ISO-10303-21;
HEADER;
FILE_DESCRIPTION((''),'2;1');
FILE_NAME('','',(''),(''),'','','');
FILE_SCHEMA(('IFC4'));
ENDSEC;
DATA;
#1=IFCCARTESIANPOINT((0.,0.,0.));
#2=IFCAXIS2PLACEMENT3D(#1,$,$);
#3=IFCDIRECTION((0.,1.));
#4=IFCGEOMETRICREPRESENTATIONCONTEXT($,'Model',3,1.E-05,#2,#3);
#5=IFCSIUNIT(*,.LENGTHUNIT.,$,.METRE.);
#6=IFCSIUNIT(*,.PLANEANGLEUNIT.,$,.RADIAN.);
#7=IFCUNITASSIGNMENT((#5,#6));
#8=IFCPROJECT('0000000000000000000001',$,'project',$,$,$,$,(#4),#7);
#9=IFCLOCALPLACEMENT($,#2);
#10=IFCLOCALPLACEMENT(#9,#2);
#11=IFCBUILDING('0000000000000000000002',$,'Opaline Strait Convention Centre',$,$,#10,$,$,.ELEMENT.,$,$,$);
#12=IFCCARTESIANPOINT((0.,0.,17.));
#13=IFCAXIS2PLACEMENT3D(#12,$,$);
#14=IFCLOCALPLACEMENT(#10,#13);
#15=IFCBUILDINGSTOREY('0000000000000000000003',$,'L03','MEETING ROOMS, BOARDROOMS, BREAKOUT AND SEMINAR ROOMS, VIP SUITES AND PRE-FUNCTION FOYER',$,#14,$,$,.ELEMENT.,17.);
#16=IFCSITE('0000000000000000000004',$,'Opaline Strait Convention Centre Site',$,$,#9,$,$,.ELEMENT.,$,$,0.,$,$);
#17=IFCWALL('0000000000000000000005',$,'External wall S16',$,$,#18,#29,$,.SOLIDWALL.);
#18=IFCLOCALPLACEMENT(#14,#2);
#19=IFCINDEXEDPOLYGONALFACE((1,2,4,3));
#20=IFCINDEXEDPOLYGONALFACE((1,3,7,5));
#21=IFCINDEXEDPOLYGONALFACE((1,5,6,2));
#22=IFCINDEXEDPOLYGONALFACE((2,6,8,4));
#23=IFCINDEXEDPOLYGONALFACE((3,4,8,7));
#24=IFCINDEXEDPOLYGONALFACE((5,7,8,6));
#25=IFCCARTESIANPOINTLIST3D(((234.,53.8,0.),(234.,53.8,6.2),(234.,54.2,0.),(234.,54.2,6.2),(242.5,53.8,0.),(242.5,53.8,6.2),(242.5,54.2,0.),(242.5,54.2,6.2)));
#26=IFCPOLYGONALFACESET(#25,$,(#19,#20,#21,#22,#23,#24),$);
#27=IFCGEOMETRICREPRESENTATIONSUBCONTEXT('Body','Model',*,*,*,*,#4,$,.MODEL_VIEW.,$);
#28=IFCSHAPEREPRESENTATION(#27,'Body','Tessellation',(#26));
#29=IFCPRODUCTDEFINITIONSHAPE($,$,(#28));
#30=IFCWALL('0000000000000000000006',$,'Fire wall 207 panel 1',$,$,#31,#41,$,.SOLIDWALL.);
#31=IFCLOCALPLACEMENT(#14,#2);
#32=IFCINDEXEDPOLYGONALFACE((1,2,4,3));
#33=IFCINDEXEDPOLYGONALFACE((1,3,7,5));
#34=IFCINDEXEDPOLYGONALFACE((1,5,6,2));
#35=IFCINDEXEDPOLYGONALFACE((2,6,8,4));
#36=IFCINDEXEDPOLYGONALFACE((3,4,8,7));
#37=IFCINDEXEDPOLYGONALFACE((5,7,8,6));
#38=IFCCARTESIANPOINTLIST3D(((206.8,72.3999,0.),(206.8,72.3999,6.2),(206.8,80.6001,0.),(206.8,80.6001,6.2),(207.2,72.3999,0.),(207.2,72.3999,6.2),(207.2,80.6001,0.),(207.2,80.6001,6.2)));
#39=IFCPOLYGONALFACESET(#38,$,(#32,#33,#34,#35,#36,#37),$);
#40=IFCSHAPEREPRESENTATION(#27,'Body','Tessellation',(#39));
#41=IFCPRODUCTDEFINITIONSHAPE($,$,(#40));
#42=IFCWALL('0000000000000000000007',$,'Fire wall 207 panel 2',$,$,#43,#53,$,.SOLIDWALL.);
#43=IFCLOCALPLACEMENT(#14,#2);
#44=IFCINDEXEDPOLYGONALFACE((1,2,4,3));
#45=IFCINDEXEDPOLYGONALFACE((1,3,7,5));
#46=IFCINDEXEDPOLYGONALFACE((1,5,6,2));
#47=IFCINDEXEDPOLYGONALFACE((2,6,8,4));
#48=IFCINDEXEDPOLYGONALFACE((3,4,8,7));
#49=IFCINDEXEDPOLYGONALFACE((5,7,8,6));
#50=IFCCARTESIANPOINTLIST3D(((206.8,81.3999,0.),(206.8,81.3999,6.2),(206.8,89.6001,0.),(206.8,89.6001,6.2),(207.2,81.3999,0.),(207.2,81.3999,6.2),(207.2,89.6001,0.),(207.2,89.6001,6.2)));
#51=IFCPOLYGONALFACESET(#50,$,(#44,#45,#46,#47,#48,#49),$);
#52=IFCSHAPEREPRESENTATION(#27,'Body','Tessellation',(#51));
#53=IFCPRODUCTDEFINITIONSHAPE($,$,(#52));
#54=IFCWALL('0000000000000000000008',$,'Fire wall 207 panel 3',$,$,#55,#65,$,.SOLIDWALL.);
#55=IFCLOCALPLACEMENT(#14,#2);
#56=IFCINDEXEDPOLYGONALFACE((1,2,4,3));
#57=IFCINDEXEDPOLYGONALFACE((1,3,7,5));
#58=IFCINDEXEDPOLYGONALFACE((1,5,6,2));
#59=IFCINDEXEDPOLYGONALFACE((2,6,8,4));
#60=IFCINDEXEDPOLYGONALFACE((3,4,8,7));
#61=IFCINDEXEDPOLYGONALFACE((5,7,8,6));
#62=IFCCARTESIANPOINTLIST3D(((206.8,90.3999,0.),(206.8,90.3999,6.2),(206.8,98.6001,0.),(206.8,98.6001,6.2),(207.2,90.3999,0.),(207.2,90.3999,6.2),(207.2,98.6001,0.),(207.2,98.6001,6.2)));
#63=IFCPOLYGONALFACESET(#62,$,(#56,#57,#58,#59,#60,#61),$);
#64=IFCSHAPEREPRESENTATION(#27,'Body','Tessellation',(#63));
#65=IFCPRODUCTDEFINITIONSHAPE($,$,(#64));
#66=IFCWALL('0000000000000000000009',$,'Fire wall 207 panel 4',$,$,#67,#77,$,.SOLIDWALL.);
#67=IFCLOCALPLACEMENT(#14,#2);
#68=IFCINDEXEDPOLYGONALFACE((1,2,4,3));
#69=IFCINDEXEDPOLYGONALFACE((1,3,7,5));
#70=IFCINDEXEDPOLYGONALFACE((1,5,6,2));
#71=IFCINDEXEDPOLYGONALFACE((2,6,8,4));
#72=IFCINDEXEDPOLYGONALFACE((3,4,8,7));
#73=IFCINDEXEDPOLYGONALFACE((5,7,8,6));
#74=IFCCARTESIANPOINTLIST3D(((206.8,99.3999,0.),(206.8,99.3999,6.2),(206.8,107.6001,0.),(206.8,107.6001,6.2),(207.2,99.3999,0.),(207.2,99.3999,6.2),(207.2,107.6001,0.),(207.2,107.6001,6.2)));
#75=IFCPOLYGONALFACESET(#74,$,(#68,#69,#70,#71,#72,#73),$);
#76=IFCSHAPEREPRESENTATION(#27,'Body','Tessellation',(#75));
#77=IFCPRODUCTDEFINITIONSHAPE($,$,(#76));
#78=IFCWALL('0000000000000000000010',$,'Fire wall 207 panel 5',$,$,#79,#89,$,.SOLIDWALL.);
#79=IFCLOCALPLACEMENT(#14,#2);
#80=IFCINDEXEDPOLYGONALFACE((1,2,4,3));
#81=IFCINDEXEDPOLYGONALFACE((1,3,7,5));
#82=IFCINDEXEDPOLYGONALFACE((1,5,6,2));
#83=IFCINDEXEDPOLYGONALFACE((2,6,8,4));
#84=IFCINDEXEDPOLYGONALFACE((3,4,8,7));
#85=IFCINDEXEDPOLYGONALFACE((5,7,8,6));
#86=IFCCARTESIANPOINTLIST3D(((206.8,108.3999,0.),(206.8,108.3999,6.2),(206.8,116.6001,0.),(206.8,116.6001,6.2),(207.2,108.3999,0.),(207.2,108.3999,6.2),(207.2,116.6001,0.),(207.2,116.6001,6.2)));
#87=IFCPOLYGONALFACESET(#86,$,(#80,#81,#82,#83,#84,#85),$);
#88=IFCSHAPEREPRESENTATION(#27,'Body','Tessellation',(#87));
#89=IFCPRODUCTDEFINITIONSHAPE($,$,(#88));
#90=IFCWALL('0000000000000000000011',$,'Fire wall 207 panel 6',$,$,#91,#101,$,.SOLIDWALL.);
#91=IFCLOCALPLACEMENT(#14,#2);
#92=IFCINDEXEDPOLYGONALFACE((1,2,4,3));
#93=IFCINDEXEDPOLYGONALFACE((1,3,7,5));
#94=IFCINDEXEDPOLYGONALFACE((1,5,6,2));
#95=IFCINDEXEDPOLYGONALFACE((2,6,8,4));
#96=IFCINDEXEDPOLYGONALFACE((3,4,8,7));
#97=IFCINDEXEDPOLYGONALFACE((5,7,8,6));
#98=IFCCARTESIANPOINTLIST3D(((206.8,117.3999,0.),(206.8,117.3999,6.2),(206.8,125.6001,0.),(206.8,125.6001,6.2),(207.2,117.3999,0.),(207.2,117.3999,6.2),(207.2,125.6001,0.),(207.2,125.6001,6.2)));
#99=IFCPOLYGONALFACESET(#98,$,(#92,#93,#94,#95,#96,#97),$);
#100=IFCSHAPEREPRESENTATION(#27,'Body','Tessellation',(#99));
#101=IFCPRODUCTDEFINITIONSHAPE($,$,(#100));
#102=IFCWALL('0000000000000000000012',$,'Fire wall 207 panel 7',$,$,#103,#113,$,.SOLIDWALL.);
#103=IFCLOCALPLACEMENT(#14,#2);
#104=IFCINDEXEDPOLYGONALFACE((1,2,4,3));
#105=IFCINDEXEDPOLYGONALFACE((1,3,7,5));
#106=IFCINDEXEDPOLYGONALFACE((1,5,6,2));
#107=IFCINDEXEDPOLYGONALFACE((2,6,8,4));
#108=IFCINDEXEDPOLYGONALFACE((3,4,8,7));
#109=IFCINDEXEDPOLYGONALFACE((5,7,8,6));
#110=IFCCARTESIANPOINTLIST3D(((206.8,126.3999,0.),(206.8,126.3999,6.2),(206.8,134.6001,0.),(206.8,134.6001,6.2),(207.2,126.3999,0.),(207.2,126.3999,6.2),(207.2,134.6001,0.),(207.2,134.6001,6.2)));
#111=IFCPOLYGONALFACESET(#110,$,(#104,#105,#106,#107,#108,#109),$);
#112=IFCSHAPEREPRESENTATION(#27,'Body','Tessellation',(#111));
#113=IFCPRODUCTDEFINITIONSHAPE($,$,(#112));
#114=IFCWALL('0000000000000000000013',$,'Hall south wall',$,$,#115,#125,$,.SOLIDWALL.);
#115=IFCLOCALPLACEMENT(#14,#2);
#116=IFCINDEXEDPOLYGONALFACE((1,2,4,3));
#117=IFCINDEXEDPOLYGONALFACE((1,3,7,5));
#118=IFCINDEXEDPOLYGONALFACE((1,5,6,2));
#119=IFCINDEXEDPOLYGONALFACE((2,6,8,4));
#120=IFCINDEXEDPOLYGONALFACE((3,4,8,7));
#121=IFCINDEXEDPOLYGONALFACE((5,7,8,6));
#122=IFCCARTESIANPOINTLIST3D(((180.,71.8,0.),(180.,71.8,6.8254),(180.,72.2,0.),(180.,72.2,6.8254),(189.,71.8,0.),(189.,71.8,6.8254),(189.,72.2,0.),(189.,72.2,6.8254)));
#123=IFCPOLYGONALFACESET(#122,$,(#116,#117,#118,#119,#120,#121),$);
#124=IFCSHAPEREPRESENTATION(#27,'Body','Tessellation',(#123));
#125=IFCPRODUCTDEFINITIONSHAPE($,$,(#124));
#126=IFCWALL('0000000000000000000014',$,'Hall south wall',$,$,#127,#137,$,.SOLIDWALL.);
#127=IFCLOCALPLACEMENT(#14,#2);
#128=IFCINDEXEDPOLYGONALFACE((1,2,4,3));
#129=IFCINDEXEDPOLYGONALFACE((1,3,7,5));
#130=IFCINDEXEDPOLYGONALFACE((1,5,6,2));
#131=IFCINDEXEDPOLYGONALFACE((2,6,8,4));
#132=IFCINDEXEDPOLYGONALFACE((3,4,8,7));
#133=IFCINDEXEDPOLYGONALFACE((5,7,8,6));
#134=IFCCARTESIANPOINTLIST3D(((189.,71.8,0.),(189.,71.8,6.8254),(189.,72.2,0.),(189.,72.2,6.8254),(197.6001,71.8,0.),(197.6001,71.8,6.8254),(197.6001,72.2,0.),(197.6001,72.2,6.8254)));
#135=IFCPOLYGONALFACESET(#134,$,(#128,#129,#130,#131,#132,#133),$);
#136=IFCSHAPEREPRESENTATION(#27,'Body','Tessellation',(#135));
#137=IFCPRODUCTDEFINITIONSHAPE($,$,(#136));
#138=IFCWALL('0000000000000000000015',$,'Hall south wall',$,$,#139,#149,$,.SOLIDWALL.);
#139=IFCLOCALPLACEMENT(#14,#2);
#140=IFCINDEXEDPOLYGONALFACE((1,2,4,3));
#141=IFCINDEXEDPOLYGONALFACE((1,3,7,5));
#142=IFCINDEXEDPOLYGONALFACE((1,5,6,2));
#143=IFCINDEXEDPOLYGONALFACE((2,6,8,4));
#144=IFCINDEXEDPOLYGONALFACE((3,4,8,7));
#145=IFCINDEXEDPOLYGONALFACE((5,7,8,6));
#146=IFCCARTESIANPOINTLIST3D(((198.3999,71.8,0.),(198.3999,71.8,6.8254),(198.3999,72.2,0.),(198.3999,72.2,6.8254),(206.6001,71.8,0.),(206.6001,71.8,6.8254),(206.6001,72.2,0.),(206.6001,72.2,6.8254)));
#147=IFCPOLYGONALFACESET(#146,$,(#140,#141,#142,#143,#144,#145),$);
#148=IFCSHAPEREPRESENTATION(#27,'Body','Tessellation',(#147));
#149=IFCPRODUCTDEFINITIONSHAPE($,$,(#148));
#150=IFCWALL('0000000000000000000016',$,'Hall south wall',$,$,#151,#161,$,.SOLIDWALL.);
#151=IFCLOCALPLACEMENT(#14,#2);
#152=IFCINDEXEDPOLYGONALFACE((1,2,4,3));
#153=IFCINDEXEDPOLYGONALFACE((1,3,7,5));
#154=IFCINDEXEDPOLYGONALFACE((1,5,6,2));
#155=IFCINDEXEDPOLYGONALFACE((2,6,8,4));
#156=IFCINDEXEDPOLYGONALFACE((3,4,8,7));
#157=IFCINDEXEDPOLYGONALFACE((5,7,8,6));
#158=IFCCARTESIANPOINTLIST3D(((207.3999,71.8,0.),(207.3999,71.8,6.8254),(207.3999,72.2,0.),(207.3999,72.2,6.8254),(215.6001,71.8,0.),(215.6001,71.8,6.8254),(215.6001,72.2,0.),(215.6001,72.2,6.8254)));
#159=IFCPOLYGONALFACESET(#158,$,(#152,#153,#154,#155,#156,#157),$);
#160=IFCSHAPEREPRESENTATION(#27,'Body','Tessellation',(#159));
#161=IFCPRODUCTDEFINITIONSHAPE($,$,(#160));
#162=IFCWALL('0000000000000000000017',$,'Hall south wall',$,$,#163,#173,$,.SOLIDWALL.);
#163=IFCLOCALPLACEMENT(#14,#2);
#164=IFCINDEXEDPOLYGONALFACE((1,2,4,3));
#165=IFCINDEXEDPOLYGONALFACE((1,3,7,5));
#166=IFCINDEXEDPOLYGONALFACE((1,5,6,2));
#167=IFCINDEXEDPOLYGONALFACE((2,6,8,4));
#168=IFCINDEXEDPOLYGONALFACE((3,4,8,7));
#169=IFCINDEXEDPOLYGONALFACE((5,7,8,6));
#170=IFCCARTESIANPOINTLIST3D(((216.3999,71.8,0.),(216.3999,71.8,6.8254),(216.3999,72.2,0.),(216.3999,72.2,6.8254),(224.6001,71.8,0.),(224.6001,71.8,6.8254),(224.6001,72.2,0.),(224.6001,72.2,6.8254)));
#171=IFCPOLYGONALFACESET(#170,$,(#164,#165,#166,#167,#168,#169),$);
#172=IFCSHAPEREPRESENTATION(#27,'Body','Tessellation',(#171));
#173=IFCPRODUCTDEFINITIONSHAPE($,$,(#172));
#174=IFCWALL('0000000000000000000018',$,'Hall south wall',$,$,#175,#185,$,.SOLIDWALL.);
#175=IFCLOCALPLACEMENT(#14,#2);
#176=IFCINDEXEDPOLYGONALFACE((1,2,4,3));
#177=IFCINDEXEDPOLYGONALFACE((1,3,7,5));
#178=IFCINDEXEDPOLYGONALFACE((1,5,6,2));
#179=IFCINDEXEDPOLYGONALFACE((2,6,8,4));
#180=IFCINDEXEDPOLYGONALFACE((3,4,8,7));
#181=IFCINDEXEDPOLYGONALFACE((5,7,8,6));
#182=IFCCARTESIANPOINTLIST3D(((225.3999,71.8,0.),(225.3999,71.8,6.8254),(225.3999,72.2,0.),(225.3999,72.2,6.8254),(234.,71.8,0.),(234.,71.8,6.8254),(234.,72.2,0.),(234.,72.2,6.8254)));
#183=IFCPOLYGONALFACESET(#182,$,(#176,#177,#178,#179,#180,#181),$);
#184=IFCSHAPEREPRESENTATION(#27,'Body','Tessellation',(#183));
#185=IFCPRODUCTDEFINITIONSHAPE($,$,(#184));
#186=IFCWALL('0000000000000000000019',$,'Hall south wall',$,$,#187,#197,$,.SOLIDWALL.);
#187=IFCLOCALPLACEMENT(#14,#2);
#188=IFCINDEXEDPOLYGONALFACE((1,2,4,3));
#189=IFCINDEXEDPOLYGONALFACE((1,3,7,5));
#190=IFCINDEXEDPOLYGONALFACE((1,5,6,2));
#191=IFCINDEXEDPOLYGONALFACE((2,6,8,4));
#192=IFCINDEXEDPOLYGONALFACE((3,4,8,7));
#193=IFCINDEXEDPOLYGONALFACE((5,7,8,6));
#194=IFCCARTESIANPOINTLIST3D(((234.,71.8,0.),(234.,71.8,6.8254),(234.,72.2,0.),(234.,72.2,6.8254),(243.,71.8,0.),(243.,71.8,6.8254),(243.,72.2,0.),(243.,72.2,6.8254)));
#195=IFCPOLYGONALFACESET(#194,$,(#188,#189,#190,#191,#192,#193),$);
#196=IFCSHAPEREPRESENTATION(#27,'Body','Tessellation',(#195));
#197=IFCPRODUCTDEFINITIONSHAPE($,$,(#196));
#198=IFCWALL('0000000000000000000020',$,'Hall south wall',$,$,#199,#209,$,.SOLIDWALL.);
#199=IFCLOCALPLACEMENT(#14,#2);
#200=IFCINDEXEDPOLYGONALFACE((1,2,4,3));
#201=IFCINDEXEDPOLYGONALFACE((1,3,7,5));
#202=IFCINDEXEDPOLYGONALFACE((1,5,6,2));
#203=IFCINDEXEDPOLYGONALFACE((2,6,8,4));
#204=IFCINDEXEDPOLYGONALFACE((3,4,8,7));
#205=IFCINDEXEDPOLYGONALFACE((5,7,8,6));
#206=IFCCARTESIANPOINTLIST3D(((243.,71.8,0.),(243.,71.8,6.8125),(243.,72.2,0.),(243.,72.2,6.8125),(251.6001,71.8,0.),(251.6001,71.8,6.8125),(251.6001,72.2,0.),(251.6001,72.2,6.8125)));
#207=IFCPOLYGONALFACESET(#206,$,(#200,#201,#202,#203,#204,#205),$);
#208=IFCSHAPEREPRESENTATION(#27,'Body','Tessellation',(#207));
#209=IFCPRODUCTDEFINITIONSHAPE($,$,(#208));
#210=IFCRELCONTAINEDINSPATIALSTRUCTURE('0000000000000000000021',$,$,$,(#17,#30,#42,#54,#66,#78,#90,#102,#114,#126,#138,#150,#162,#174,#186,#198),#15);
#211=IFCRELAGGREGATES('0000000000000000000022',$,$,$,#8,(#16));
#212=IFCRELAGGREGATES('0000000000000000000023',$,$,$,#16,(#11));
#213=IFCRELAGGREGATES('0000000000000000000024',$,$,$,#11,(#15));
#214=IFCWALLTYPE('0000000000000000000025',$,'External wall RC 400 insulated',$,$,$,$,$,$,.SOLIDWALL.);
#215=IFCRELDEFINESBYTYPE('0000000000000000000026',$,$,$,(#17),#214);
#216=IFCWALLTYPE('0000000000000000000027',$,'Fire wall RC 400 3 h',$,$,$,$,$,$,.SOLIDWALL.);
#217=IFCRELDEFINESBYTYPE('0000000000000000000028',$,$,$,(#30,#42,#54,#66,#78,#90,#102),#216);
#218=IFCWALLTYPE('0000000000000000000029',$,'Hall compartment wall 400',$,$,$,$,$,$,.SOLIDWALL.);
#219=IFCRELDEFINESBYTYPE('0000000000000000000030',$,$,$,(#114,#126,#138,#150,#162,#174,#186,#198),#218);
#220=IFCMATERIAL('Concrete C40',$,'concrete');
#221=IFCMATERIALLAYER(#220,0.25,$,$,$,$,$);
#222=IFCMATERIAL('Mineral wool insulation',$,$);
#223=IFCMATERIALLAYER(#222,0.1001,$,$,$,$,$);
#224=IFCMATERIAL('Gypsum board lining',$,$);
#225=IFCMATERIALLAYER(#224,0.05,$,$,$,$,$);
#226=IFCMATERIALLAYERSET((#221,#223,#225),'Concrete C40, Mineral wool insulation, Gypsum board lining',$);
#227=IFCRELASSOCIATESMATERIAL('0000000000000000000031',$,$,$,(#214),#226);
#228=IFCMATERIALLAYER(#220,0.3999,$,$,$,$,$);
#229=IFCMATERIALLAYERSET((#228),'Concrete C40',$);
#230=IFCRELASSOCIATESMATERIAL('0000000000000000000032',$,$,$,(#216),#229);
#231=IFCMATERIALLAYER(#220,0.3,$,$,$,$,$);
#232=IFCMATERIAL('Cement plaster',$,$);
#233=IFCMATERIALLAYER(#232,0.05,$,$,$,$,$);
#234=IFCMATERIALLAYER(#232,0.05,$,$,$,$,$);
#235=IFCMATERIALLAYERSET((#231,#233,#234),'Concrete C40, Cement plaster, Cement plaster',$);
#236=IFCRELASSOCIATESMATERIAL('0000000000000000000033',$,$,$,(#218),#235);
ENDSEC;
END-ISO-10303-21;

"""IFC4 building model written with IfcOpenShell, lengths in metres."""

from ifc_helpers import new_model, si_unit, direction, frame, frame_2d, origin, place, context, subcontext, project, spatial, rectangle, extrude, material, layer, layer_set, type_object, element, save


model = new_model("IFC4")

# Units and contexts
model_context = context("Model", 3, precision=1e-05, world=origin(), true_north=direction((0.0, 1.0)))
body_context = subcontext(model_context, "Body", "Model", "MODEL_VIEW")
ifc_project = project(units=[si_unit("LENGTHUNIT", "METRE"), si_unit("PLANEANGLEUNIT", "RADIAN")], contexts=[model_context])

# Site, building, storey
site_placement = place(None, origin())
site = spatial("IfcSite", under=ifc_project, at=site_placement, Name="Opaline Strait Convention Centre Site", CompositionType="ELEMENT", RefElevation=0.0)
building_placement = place(site_placement, origin())
building = spatial("IfcBuilding", under=site, at=building_placement, Name="Opaline Strait Convention Centre", CompositionType="ELEMENT")
storey_placement = place(building_placement, frame((0.0, 0.0, 17.0)))
storey = spatial("IfcBuildingStorey", under=building, at=storey_placement, Name="L03", Description="MEETING ROOMS, BOARDROOMS, BREAKOUT AND SEMINAR ROOMS, VIP SUITES AND PRE-FUNCTION FOYER", CompositionType="ELEMENT", Elevation=17.0)

# Shared definitions
ifc_material_1 = material(Name="Concrete C40", Category="concrete")

# Walls
ifc_layer_1 = layer(ifc_material_1, 0.25)
ifc_material_2 = material(Name="Mineral wool insulation")
ifc_layer_2 = layer(ifc_material_2, 0.1001)
ifc_material_3 = material(Name="Gypsum board lining")
ifc_layer_3 = layer(ifc_material_3, 0.05)
ifc_layer_set_1 = layer_set([ifc_layer_1, ifc_layer_2, ifc_layer_3], Name="Concrete C40, Mineral wool insulation, Gypsum board lining")
wall_type_1 = type_object("IfcWallType", Name="External wall RC 400 insulated", PredefinedType="SOLIDWALL", material=ifc_layer_set_1)
for number, where, z_axis, x_axis, name in (
    (1, (234.0, 54.0, 0.0), (0.0, 0.0, 1.0), (1.0, 0.0, 0.0), "External wall S16"),
):
    element("IfcWall", number, at=place(storey_placement, frame(where, z_axis=z_axis, x_axis=x_axis)), inside=storey, type_object=wall_type_1, Name=name, PredefinedType="SOLIDWALL", context=body_context, shape_type="SweptSolid", body=[
        extrude(rectangle(XDim=8.5, YDim=0.3999, at=frame_2d((4.25, 0.0))), origin(), (0.0, 0.0, 1.0), 6.2),
    ])
ifc_layer_4 = layer(ifc_material_1, 0.3999)
ifc_layer_set_2 = layer_set([ifc_layer_4], Name="Concrete C40")
wall_type_2 = type_object("IfcWallType", Name="Fire wall RC 400 3 h", PredefinedType="SOLIDWALL", material=ifc_layer_set_2)
for number, where, z_axis, x_axis, name in (
    (2, (207.0, 72.3999, 0.0), (0.0, 0.0, 1.0), (0.0, 1.0, 0.0), "Fire wall 207 panel 1"),
    (3, (207.0, 81.3999, 0.0), (0.0, 0.0, 1.0), (0.0, 1.0, 0.0), "Fire wall 207 panel 2"),
    (4, (207.0, 90.3999, 0.0), (0.0, 0.0, 1.0), (0.0, 1.0, 0.0), "Fire wall 207 panel 3"),
    (5, (207.0, 99.3999, 0.0), (0.0, 0.0, 1.0), (0.0, 1.0, 0.0), "Fire wall 207 panel 4"),
    (6, (207.0, 108.3999, 0.0), (0.0, 0.0, 1.0), (0.0, 1.0, 0.0), "Fire wall 207 panel 5"),
    (7, (207.0, 117.3999, 0.0), (0.0, 0.0, 1.0), (0.0, 1.0, 0.0), "Fire wall 207 panel 6"),
    (8, (207.0, 126.3999, 0.0), (0.0, 0.0, 1.0), (0.0, 1.0, 0.0), "Fire wall 207 panel 7"),
):
    element("IfcWall", number, at=place(storey_placement, frame(where, z_axis=z_axis, x_axis=x_axis)), inside=storey, type_object=wall_type_2, Name=name, PredefinedType="SOLIDWALL", context=body_context, shape_type="SweptSolid", body=[
        extrude(rectangle(XDim=8.2002, YDim=0.3999, at=frame_2d((4.1001, 0.0))), origin(), (0.0, 0.0, 1.0), 6.2),
    ])
ifc_layer_5 = layer(ifc_material_1, 0.3)
ifc_material_4 = material(Name="Cement plaster")
ifc_layer_6 = layer(ifc_material_4, 0.05)
ifc_layer_7 = layer(ifc_material_4, 0.05)
ifc_layer_set_3 = layer_set([ifc_layer_5, ifc_layer_6, ifc_layer_7], Name="Concrete C40, Cement plaster, Cement plaster")
wall_type_3 = type_object("IfcWallType", Name="Hall compartment wall 400", PredefinedType="SOLIDWALL", material=ifc_layer_set_3)
wall_1_placement = place(storey_placement, frame((180.0, 72.0, 0.0), z_axis=(0.0, 0.0, 1.0), x_axis=(1.0, 0.0, 0.0)))
element("IfcWall", 9, at=wall_1_placement, inside=storey, type_object=wall_type_3, Name="Hall south wall", PredefinedType="SOLIDWALL", context=body_context, shape_type="SweptSolid", body=[
    extrude(rectangle(XDim=9.0, YDim=0.3999, at=frame_2d((4.5, 0.0))), origin(), (0.0, 0.0, 1.0), 6.8254),
])
wall_2_placement = place(storey_placement, frame((189.0, 72.0, 0.0), z_axis=(0.0, 0.0, 1.0), x_axis=(1.0, 0.0, 0.0)))
element("IfcWall", 10, at=wall_2_placement, inside=storey, type_object=wall_type_3, Name="Hall south wall", PredefinedType="SOLIDWALL", context=body_context, shape_type="SweptSolid", body=[
    extrude(rectangle(XDim=8.6001, YDim=0.3999, at=frame_2d((4.3, 0.0))), origin(), (0.0, 0.0, 1.0), 6.8254),
])
for number, where, z_axis, x_axis, name in (
    (11, (198.3999, 72.0, 0.0), (0.0, 0.0, 1.0), (1.0, 0.0, 0.0), "Hall south wall"),
    (12, (207.3999, 72.0, 0.0), (0.0, 0.0, 1.0), (1.0, 0.0, 0.0), "Hall south wall"),
    (13, (216.3999, 72.0, 0.0), (0.0, 0.0, 1.0), (1.0, 0.0, 0.0), "Hall south wall"),
):
    element("IfcWall", number, at=place(storey_placement, frame(where, z_axis=z_axis, x_axis=x_axis)), inside=storey, type_object=wall_type_3, Name=name, PredefinedType="SOLIDWALL", context=body_context, shape_type="SweptSolid", body=[
        extrude(rectangle(XDim=8.2002, YDim=0.3999, at=frame_2d((4.1001, 0.0))), origin(), (0.0, 0.0, 1.0), 6.8254),
    ])
wall_3_placement = place(storey_placement, frame((225.3999, 72.0, 0.0), z_axis=(0.0, 0.0, 1.0), x_axis=(1.0, 0.0, 0.0)))
element("IfcWall", 14, at=wall_3_placement, inside=storey, type_object=wall_type_3, Name="Hall south wall", PredefinedType="SOLIDWALL", context=body_context, shape_type="SweptSolid", body=[
    extrude(rectangle(XDim=8.6001, YDim=0.3999, at=frame_2d((4.3, 0.0))), origin(), (0.0, 0.0, 1.0), 6.8254),
])
wall_4_placement = place(storey_placement, frame((234.0, 72.0, 0.0), z_axis=(0.0, 0.0, 1.0), x_axis=(1.0, 0.0, 0.0)))
element("IfcWall", 15, at=wall_4_placement, inside=storey, type_object=wall_type_3, Name="Hall south wall", PredefinedType="SOLIDWALL", context=body_context, shape_type="SweptSolid", body=[
    extrude(rectangle(XDim=9.0, YDim=0.3999, at=frame_2d((4.5, 0.0))), origin(), (0.0, 0.0, 1.0), 6.8254),
])
wall_5_placement = place(storey_placement, frame((243.0, 72.0, 0.0), z_axis=(0.0, 0.0, 1.0), x_axis=(1.0, 0.0, 0.0)))
element("IfcWall", 16, at=wall_5_placement, inside=storey, type_object=wall_type_3, Name="Hall south wall", PredefinedType="SOLIDWALL", context=body_context, shape_type="SweptSolid", body=[
    extrude(rectangle(XDim=8.6001, YDim=0.3999, at=frame_2d((4.3, 0.0))), origin(), (0.0, 0.0, 1.0), 6.8125),
])

save(model, "model.ifc")
